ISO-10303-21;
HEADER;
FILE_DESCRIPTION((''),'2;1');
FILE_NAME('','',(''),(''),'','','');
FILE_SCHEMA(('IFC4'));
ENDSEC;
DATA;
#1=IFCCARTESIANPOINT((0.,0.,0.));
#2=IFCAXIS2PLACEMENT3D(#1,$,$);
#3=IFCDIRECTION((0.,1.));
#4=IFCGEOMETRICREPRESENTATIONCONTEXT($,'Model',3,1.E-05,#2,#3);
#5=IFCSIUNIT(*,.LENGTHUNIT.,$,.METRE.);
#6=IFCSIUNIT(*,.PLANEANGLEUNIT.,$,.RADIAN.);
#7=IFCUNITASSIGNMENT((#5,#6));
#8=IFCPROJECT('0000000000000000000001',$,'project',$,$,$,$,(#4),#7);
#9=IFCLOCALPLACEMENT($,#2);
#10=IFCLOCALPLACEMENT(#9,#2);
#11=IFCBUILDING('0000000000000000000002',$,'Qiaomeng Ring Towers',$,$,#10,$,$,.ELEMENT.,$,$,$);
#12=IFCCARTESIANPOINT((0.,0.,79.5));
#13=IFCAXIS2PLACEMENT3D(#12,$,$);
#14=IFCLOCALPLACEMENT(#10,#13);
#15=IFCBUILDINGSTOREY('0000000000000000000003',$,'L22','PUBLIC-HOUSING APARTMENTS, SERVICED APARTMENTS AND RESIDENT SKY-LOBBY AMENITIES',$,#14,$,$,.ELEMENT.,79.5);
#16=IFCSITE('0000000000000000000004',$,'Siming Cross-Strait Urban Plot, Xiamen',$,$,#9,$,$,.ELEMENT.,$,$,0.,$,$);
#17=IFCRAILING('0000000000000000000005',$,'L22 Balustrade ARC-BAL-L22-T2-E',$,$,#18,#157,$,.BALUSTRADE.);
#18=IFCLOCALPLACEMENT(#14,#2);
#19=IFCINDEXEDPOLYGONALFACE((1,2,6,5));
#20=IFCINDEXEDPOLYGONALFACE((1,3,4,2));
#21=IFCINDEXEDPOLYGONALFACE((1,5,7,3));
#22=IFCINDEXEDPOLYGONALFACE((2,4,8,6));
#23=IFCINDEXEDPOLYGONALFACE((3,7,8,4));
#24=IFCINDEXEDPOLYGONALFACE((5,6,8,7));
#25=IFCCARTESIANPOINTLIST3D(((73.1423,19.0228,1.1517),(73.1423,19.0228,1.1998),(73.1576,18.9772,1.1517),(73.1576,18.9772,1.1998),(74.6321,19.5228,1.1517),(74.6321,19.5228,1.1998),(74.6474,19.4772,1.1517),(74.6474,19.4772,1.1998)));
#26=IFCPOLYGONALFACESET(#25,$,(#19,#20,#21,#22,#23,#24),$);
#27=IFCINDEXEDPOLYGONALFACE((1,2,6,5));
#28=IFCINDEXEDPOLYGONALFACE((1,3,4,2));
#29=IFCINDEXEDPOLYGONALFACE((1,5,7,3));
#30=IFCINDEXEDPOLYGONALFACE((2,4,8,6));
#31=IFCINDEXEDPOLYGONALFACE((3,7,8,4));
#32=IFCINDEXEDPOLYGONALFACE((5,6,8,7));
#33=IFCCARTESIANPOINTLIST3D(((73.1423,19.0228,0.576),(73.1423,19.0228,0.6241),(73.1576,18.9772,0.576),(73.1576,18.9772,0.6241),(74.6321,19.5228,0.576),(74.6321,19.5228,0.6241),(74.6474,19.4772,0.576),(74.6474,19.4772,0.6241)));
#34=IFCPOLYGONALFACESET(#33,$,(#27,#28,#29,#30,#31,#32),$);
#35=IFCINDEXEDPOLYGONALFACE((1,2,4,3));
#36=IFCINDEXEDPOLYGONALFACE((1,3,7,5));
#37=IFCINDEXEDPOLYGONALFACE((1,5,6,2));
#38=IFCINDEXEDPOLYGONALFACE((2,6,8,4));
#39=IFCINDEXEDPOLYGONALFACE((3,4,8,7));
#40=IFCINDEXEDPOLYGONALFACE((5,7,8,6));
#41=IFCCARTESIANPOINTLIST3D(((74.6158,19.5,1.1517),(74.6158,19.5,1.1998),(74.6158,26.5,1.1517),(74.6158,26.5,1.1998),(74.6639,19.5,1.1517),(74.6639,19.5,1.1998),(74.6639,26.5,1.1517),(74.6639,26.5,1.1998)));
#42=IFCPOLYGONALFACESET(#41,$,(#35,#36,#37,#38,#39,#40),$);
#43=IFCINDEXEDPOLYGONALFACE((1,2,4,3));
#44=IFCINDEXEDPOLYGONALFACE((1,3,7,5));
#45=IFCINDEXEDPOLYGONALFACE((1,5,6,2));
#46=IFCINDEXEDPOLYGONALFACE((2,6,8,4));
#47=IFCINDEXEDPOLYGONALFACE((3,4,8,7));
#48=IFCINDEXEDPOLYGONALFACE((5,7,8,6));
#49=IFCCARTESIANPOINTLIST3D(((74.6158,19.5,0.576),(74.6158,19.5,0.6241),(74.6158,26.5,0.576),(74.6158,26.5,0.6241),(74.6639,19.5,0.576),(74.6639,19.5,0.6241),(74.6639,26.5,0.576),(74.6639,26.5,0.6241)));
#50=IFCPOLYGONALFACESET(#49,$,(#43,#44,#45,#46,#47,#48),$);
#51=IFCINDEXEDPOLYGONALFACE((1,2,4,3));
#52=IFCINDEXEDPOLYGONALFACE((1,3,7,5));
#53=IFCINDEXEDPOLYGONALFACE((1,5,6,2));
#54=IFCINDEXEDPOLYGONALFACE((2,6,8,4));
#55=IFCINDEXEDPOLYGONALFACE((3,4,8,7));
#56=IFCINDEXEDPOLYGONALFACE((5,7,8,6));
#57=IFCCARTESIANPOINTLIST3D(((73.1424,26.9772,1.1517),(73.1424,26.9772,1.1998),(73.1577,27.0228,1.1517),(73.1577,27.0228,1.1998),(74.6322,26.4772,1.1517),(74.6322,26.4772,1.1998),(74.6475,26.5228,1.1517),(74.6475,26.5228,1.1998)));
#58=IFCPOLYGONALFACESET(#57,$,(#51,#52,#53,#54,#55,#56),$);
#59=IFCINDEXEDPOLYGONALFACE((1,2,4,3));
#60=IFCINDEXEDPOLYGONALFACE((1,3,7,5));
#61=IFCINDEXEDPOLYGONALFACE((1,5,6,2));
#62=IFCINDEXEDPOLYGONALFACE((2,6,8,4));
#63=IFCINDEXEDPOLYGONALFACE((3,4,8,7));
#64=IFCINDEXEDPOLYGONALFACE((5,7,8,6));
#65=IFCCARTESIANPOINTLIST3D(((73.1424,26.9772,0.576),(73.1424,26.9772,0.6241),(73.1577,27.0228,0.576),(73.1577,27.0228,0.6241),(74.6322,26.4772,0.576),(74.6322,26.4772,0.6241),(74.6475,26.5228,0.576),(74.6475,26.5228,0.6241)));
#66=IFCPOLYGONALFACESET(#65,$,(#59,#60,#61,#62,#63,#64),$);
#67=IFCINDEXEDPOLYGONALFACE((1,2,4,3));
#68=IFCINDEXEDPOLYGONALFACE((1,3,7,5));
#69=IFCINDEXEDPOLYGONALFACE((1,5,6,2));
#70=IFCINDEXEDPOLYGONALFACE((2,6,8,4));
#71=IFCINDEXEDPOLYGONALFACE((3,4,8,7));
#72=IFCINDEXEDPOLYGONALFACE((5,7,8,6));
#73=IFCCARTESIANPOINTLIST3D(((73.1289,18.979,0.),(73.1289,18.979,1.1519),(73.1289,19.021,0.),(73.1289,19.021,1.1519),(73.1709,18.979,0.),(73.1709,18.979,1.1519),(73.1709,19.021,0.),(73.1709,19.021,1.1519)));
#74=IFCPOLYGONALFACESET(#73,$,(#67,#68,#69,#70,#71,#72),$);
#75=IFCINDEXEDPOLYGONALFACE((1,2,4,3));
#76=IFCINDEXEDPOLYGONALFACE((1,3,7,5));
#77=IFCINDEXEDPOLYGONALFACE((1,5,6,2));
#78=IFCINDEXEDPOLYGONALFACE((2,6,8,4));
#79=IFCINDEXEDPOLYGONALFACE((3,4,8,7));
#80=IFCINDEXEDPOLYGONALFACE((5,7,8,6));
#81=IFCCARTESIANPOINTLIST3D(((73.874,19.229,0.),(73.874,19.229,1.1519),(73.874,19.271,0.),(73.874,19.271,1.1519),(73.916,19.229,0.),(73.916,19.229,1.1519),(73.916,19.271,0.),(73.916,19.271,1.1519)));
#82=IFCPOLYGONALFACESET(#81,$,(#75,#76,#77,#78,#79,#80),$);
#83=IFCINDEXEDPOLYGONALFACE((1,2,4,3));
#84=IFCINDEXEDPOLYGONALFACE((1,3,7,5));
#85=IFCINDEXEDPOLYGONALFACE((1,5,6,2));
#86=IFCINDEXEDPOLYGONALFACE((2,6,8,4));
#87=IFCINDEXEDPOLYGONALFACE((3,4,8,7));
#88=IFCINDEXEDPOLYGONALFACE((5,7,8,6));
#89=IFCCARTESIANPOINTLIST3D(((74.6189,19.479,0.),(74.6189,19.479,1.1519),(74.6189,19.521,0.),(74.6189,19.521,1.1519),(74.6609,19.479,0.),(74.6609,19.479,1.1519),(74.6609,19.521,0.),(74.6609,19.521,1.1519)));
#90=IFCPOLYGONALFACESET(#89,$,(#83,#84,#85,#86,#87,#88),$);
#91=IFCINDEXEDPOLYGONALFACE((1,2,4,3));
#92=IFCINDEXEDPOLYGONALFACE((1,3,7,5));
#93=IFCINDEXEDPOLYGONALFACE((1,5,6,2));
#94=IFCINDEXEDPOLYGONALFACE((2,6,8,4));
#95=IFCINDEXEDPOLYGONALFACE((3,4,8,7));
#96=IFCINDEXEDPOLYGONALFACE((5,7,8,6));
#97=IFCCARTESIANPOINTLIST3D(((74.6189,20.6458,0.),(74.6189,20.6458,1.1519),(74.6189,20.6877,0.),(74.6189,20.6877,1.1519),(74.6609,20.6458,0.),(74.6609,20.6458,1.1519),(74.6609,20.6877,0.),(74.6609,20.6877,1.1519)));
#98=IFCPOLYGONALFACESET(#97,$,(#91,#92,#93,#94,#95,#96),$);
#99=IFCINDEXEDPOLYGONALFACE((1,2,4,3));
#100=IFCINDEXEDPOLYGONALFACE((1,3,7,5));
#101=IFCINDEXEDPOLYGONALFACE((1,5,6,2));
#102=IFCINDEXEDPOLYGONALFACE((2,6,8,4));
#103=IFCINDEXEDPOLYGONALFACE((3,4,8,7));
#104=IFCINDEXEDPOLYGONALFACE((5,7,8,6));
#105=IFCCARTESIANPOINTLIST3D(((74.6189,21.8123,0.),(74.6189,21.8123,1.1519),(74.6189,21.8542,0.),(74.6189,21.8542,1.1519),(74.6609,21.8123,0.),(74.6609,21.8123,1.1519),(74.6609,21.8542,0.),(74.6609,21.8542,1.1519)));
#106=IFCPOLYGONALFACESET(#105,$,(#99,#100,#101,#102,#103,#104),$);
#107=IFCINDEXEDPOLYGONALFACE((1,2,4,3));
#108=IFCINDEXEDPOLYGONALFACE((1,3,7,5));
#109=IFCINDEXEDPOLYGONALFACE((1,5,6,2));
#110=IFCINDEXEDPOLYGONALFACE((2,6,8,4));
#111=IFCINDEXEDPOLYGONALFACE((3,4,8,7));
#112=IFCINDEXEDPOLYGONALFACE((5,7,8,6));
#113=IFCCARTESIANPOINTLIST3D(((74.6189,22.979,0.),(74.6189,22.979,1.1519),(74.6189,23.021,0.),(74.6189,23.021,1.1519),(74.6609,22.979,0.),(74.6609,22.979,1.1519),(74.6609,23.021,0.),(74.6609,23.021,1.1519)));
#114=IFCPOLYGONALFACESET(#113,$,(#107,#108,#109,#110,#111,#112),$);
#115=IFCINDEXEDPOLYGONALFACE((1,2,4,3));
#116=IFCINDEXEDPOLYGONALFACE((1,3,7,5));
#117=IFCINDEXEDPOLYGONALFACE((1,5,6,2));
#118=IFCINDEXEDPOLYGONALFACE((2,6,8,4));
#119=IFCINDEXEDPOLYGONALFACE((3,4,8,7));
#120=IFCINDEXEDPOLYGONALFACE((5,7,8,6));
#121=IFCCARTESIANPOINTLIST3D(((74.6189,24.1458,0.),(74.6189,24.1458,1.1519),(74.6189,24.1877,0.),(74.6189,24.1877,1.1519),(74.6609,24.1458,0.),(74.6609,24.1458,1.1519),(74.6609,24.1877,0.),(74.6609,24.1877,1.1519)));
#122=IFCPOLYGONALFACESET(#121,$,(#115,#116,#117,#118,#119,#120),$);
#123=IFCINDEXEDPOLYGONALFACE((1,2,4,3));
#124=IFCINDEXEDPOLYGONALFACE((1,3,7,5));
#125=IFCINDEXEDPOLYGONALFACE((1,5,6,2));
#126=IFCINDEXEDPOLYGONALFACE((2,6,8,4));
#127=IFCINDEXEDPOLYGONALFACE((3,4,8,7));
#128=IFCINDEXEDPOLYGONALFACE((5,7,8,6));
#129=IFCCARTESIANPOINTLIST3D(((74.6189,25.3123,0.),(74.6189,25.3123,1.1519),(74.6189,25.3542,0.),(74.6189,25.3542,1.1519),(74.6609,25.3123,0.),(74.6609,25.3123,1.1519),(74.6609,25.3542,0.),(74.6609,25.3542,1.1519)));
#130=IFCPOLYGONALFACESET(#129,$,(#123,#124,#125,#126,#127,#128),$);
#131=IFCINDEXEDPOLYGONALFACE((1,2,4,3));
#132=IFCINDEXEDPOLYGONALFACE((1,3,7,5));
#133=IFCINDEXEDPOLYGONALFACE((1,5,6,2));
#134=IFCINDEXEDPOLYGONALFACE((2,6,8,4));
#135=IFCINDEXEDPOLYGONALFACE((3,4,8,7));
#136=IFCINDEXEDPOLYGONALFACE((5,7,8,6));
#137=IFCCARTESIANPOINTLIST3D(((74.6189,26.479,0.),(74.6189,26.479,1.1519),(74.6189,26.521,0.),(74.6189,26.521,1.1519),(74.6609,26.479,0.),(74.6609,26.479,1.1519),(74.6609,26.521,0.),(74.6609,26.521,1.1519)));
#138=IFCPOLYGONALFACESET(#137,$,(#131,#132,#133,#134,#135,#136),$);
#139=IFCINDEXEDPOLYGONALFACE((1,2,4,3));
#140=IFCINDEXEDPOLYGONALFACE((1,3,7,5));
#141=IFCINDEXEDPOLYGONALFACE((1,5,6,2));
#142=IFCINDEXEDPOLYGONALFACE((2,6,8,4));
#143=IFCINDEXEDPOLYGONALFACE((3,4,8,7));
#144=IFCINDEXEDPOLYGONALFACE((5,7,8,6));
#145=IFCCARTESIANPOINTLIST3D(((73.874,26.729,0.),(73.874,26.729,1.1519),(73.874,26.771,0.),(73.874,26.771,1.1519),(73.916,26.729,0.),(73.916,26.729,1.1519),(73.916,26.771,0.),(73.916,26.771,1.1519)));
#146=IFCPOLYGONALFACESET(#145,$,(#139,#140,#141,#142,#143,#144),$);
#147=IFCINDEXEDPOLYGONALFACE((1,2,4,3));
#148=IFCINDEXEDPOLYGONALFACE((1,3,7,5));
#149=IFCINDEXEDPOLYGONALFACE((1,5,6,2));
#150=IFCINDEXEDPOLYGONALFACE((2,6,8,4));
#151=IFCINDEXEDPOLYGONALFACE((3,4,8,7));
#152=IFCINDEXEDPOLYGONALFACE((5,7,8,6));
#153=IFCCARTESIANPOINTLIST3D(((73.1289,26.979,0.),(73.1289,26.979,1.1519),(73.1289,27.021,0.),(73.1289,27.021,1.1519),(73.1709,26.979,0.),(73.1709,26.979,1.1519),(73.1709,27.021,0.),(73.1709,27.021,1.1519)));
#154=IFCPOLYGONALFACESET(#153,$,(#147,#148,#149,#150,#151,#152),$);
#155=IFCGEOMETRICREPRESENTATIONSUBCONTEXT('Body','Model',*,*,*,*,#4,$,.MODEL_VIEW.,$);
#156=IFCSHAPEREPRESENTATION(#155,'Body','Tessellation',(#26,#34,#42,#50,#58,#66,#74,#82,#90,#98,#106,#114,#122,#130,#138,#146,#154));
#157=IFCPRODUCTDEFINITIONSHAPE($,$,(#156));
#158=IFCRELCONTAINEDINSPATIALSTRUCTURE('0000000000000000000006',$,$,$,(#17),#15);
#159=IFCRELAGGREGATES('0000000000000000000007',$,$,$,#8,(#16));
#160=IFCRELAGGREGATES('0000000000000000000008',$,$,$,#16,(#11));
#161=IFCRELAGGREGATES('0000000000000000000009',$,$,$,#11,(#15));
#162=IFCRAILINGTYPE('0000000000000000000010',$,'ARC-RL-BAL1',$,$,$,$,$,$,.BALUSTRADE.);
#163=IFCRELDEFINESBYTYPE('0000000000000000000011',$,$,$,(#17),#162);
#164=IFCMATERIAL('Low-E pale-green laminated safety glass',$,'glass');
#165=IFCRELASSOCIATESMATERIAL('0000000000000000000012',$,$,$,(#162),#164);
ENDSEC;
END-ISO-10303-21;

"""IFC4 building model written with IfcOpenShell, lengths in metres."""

from ifc_helpers import new_model, si_unit, direction, frame, origin, origin_2d, place, context, subcontext, project, spatial, rectangle, extrude, material, type_object, element, save


model = new_model("IFC4")

# Units and contexts
model_context = context("Model", 3, precision=1e-05, world=origin(), true_north=direction((0.0, 1.0)))
body_context = subcontext(model_context, "Body", "Model", "MODEL_VIEW")
ifc_project = project(units=[si_unit("LENGTHUNIT", "METRE"), si_unit("PLANEANGLEUNIT", "RADIAN")], contexts=[model_context])

# Site, building, storey
site_placement = place(None, origin())
site = spatial("IfcSite", under=ifc_project, at=site_placement, Name="Siming Cross-Strait Urban Plot, Xiamen", CompositionType="ELEMENT", RefElevation=0.0)
building_placement = place(site_placement, origin())
building = spatial("IfcBuilding", under=site, at=building_placement, Name="Qiaomeng Ring Towers", CompositionType="ELEMENT")
storey_placement = place(building_placement, frame((0.0, 0.0, 79.5)))
storey = spatial("IfcBuildingStorey", under=building, at=storey_placement, Name="L22", Description="PUBLIC-HOUSING APARTMENTS, SERVICED APARTMENTS AND RESIDENT SKY-LOBBY AMENITIES", CompositionType="ELEMENT", Elevation=79.5)

# Railing
ifc_material_1 = material(Name="Low-E pale-green laminated safety glass", Category="glass")
railing_type = type_object("IfcRailingType", Name="ARC-RL-BAL1", PredefinedType="BALUSTRADE", material=ifc_material_1)
railing_placement = place(storey_placement, frame((73.1499, 19.0, 0.0)))
element("IfcRailing", 1, at=railing_placement, inside=storey, type_object=railing_type, Name="L22 Balustrade ARC-BAL-L22-T2-E", PredefinedType="BALUSTRADE", context=body_context, shape_type="SweptSolid", body=[
    extrude(rectangle(XDim=0.0481, YDim=0.0481, at=origin_2d()), frame((0.0, 0.0, 1.1758), z_axis=(0.948044, 0.318138, 0.0), x_axis=(-0.318138, 0.948044, 0.0)), (0.0, 0.0, 1.0), 1.5715),
    extrude(rectangle(XDim=0.0481, YDim=0.0481, at=origin_2d()), frame((0.0, 0.0, 0.6001), z_axis=(0.948044, 0.318138, 0.0), x_axis=(-0.318138, 0.948044, 0.0)), (0.0, 0.0, 1.0), 1.5715),
    extrude(rectangle(XDim=0.0481, YDim=0.0481, at=origin_2d()), frame((1.49, 0.5, 1.1758), z_axis=(0.0, 1.0, 0.0), x_axis=(-1.0, 0.0, 0.0)), (0.0, 0.0, 1.0), 7.0),
    extrude(rectangle(XDim=0.0481, YDim=0.0481, at=origin_2d()), frame((1.49, 0.5, 0.6001), z_axis=(0.0, 1.0, 0.0), x_axis=(-1.0, 0.0, 0.0)), (0.0, 0.0, 1.0), 7.0),
    extrude(rectangle(XDim=0.0481, YDim=0.0481, at=origin_2d()), frame((1.49, 7.5, 1.1758), z_axis=(-0.948044, 0.318138, 0.0), x_axis=(-0.318138, -0.948044, 0.0)), (0.0, 0.0, 1.0), 1.5715),
    extrude(rectangle(XDim=0.0481, YDim=0.0481, at=origin_2d()), frame((1.49, 7.5, 0.6001), z_axis=(-0.948044, 0.318138, 0.0), x_axis=(-0.318138, -0.948044, 0.0)), (0.0, 0.0, 1.0), 1.5715),
    extrude(rectangle(XDim=0.042, YDim=0.042, at=origin_2d()), origin(), (0.0, 0.0, 1.0), 1.1519),
    extrude(rectangle(XDim=0.042, YDim=0.042, at=origin_2d()), frame((0.7451, 0.25, 0.0)), (0.0, 0.0, 1.0), 1.1519),
    extrude(rectangle(XDim=0.042, YDim=0.042, at=origin_2d()), frame((1.49, 0.5, 0.0)), (0.0, 0.0, 1.0), 1.1519),
    extrude(rectangle(XDim=0.042, YDim=0.042, at=origin_2d()), frame((1.49, 1.6667, 0.0)), (0.0, 0.0, 1.0), 1.1519),
    extrude(rectangle(XDim=0.042, YDim=0.042, at=origin_2d()), frame((1.49, 2.8333, 0.0)), (0.0, 0.0, 1.0), 1.1519),
    extrude(rectangle(XDim=0.042, YDim=0.042, at=origin_2d()), frame((1.49, 4.0, 0.0)), (0.0, 0.0, 1.0), 1.1519),
    extrude(rectangle(XDim=0.042, YDim=0.042, at=origin_2d()), frame((1.49, 5.1667, 0.0)), (0.0, 0.0, 1.0), 1.1519),
    extrude(rectangle(XDim=0.042, YDim=0.042, at=origin_2d()), frame((1.49, 6.3333, 0.0)), (0.0, 0.0, 1.0), 1.1519),
    extrude(rectangle(XDim=0.042, YDim=0.042, at=origin_2d()), frame((1.49, 7.5, 0.0)), (0.0, 0.0, 1.0), 1.1519),
    extrude(rectangle(XDim=0.042, YDim=0.042, at=origin_2d()), frame((0.7451, 7.75, 0.0)), (0.0, 0.0, 1.0), 1.1519),
    extrude(rectangle(XDim=0.042, YDim=0.042, at=origin_2d()), frame((0.0, 8.0, 0.0)), (0.0, 0.0, 1.0), 1.1519),
])

save(model, "model.ifc")
